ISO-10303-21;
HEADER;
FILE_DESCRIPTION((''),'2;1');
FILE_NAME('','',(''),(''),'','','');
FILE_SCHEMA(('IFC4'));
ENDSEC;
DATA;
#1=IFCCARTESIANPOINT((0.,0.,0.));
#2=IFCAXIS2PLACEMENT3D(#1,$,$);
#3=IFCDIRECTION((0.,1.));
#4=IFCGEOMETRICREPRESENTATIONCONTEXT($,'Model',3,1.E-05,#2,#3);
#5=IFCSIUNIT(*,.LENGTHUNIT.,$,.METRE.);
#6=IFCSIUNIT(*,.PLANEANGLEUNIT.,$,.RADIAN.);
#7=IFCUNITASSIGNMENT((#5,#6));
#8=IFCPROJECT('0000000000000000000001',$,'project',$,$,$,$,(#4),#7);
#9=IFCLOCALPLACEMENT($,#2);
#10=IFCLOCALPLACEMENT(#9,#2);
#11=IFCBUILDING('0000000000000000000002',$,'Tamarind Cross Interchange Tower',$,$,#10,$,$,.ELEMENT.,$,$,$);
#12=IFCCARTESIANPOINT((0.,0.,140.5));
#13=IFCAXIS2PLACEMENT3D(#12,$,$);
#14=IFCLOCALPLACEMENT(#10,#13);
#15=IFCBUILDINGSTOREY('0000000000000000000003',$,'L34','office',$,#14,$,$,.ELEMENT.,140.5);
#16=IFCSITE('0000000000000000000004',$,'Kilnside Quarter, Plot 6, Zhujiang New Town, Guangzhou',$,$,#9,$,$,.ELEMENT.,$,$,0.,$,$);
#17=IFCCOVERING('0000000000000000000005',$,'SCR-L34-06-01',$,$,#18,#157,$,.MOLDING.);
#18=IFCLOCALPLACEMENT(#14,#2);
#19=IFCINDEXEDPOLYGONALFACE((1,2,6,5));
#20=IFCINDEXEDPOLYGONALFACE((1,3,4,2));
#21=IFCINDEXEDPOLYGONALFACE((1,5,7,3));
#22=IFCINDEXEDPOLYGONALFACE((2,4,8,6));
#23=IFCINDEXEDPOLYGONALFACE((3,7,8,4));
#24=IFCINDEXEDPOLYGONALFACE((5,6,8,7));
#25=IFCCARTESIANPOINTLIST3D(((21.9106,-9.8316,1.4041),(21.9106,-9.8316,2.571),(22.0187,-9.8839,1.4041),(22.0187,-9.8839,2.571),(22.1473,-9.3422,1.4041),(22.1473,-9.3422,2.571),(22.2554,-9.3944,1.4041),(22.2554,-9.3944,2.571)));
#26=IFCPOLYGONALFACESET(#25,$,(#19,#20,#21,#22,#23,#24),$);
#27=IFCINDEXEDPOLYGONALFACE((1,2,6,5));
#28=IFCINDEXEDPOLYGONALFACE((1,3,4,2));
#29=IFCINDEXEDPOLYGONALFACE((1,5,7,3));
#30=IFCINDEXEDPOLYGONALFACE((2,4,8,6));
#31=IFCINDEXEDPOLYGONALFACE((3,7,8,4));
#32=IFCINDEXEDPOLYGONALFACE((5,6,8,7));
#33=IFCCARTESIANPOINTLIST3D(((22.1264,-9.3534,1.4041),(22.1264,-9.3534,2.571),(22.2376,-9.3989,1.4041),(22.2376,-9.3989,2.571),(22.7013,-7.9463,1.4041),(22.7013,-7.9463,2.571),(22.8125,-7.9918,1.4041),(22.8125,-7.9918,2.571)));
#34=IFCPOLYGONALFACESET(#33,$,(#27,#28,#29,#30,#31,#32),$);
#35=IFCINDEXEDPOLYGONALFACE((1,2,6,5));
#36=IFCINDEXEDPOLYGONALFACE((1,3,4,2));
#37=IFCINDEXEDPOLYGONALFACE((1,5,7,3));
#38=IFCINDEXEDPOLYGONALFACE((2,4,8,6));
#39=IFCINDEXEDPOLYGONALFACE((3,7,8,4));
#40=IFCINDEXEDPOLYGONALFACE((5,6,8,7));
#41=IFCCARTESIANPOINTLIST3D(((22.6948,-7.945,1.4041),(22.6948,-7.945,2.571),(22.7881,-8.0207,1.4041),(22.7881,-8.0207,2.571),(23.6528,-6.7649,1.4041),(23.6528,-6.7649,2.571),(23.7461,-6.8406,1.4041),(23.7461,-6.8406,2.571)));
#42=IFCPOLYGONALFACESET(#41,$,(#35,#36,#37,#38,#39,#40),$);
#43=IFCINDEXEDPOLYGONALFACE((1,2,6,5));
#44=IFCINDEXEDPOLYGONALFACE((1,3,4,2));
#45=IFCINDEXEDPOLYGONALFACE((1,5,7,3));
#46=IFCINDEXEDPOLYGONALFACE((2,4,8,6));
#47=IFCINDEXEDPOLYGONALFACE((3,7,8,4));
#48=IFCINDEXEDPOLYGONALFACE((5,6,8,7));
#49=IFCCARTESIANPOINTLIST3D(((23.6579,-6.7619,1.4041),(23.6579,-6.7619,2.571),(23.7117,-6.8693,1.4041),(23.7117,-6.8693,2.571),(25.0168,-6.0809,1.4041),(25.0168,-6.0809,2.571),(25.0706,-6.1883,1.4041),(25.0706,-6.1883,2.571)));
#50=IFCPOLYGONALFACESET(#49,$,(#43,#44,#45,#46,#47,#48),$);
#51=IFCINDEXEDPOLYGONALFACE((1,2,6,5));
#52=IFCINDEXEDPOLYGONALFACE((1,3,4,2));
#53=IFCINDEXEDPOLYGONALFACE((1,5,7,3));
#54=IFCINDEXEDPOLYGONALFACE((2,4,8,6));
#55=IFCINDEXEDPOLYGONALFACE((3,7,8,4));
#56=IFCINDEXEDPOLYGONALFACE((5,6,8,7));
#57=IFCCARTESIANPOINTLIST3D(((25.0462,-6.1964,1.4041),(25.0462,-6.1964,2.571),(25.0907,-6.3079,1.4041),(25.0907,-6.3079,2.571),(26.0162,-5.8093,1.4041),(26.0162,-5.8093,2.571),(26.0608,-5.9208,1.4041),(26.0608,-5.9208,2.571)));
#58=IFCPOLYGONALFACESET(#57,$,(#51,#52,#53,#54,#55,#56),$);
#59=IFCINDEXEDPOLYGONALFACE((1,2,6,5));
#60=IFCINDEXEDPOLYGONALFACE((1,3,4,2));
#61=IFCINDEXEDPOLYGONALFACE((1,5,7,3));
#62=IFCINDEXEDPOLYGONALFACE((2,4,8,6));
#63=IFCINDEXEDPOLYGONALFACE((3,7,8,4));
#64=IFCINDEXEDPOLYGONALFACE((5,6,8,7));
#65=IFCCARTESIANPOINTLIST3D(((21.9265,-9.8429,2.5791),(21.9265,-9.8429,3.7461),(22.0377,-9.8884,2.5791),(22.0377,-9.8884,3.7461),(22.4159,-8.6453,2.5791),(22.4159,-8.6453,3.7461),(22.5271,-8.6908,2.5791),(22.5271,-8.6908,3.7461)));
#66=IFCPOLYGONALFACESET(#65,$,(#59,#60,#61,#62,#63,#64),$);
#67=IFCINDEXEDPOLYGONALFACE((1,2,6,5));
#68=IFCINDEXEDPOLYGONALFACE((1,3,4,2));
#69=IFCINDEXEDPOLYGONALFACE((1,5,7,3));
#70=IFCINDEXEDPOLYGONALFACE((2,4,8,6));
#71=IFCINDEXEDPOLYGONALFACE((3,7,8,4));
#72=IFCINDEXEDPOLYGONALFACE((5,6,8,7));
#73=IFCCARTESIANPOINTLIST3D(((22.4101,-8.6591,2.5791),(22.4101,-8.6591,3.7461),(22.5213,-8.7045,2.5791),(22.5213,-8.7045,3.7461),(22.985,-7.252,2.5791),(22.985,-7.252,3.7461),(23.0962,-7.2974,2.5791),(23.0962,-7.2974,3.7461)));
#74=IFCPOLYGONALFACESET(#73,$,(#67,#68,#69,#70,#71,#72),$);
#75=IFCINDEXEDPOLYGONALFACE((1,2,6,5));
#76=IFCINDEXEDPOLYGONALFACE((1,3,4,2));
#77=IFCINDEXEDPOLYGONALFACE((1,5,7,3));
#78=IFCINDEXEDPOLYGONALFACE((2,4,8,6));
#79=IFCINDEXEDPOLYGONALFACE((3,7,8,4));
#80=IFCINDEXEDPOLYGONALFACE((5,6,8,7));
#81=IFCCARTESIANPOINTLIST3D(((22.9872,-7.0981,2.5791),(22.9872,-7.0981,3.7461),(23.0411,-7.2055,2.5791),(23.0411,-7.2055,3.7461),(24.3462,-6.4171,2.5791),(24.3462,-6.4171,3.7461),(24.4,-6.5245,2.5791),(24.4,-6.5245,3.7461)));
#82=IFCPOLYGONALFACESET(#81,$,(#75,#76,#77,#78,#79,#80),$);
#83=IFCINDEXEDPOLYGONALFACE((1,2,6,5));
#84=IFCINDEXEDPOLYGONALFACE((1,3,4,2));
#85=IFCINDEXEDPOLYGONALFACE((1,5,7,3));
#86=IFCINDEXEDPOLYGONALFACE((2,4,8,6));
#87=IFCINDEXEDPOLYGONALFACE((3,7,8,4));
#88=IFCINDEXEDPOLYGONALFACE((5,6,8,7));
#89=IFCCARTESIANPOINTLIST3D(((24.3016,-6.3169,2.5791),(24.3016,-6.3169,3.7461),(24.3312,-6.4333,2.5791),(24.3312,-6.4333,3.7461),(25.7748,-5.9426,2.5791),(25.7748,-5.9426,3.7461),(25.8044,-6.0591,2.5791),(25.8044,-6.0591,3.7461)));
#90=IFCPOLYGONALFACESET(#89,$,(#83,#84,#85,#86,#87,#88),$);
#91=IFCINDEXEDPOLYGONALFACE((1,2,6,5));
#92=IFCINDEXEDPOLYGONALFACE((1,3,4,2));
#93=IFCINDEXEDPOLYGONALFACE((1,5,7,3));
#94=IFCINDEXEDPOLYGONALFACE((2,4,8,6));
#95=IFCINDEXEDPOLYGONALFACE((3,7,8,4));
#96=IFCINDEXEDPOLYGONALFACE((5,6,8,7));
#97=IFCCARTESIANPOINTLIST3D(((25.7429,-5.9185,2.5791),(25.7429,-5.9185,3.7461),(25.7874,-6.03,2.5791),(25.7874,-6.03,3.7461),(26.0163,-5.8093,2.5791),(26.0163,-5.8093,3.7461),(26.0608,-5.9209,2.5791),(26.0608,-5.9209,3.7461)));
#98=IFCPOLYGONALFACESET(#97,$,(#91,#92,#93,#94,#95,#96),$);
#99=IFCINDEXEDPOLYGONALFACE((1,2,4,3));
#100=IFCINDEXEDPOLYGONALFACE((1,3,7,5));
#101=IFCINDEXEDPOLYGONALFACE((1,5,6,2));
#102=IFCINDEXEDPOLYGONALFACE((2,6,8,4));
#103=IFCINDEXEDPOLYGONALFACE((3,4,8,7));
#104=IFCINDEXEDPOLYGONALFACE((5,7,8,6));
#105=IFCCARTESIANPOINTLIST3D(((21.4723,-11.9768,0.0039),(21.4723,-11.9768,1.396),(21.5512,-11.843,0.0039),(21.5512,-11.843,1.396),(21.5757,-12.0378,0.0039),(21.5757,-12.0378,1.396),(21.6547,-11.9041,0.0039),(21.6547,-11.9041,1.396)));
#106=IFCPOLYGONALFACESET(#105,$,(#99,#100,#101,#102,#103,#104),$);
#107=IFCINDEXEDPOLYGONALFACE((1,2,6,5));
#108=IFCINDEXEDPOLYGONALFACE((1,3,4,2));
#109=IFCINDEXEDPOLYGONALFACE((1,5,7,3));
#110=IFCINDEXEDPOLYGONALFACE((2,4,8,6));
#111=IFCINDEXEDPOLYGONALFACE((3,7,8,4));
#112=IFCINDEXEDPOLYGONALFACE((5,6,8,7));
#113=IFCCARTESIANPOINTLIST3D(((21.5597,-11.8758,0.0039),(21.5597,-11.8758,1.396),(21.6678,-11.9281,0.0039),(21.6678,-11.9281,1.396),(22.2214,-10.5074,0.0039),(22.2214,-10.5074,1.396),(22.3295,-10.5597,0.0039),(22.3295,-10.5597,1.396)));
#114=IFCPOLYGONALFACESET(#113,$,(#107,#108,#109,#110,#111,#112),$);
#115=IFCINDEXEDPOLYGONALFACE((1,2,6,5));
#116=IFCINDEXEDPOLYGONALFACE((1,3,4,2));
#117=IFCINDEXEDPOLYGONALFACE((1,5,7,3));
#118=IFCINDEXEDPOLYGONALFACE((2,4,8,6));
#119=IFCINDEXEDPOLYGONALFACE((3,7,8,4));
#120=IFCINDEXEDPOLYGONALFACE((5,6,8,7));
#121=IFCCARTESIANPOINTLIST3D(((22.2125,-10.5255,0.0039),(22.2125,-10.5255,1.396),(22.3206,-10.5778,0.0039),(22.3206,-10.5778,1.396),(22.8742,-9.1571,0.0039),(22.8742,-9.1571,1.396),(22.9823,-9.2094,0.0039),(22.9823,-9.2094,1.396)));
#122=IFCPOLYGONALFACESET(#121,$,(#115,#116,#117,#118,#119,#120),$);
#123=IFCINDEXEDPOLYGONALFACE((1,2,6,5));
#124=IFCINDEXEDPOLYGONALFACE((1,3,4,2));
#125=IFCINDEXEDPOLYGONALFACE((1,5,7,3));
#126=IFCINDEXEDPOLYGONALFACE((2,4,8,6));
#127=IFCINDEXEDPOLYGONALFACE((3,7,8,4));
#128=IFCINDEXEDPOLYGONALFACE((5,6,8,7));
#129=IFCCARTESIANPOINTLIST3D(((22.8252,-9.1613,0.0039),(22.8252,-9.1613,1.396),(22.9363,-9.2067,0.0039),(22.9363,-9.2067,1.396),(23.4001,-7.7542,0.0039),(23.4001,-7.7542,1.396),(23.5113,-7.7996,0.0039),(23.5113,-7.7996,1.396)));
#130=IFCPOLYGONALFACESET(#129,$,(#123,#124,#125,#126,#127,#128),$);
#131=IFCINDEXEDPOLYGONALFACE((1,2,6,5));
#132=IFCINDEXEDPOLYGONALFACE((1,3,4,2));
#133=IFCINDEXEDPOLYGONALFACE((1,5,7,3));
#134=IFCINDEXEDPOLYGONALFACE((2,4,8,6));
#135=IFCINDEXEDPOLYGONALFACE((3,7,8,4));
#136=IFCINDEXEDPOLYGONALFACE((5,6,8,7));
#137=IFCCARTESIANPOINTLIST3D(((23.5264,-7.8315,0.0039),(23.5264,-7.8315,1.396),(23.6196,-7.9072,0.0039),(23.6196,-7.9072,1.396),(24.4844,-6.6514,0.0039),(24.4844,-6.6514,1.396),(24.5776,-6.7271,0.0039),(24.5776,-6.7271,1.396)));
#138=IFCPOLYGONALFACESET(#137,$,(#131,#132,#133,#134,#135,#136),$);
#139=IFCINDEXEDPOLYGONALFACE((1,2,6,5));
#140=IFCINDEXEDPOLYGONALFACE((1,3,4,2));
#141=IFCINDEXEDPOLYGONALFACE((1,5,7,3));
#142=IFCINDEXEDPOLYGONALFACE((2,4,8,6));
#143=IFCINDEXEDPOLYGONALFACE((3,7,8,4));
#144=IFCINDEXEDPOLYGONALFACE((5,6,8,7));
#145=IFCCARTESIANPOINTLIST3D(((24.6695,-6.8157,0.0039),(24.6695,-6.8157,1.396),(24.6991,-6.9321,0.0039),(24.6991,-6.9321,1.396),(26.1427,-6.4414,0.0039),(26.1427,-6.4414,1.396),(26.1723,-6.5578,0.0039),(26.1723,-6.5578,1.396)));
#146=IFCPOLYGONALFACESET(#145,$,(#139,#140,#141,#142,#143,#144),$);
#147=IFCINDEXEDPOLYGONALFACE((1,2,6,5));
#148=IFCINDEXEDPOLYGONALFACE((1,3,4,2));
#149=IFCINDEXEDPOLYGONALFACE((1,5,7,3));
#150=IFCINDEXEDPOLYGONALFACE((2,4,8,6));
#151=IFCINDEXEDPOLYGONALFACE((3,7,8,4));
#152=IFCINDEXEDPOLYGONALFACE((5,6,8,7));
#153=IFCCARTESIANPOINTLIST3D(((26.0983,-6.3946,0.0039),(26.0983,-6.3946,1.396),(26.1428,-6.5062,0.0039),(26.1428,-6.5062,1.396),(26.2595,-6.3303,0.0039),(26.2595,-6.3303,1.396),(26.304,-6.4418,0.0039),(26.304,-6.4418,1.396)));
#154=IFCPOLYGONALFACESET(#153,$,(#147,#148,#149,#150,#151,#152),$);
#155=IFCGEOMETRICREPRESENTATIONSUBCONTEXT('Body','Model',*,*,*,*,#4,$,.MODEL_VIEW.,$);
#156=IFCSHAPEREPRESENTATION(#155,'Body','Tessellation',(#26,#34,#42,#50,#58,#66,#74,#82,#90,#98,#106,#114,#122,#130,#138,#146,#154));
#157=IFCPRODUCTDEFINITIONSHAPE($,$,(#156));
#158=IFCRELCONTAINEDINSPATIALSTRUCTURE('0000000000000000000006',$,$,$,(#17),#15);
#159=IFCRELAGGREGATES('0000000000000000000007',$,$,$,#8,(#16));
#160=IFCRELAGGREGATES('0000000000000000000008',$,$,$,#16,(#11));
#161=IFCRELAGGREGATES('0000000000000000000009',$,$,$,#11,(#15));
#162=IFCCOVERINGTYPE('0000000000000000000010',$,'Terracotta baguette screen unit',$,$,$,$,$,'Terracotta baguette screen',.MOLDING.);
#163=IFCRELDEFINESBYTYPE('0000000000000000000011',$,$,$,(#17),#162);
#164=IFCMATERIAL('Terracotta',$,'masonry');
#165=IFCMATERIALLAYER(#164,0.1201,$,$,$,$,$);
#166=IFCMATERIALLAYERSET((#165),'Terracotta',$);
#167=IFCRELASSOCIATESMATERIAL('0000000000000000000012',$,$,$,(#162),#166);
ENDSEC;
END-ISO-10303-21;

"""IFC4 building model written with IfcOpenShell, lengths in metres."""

from ifc_helpers import new_model, si_unit, direction, frame, origin, origin_2d, place, context, subcontext, project, spatial, rectangle, extrude, material, layer, layer_set, type_object, element, save


model = new_model("IFC4")

# Units and contexts
model_context = context("Model", 3, precision=1e-05, world=origin(), true_north=direction((0.0, 1.0)))
body_context = subcontext(model_context, "Body", "Model", "MODEL_VIEW")
ifc_project = project(units=[si_unit("LENGTHUNIT", "METRE"), si_unit("PLANEANGLEUNIT", "RADIAN")], contexts=[model_context])

# Site, building, storey
site_placement = place(None, origin())
site = spatial("IfcSite", under=ifc_project, at=site_placement, Name="Kilnside Quarter, Plot 6, Zhujiang New Town, Guangzhou", CompositionType="ELEMENT", RefElevation=0.0)
building_placement = place(site_placement, origin())
building = spatial("IfcBuilding", under=site, at=building_placement, Name="Tamarind Cross Interchange Tower", CompositionType="ELEMENT")
storey_placement = place(building_placement, frame((0.0, 0.0, 140.5)))
storey = spatial("IfcBuildingStorey", under=building, at=storey_placement, Name="L34", Description="office", CompositionType="ELEMENT", Elevation=140.5)

# Covering
ifc_material_1 = material(Name="Terracotta", Category="masonry")
ifc_layer_1 = layer(ifc_material_1, 0.1201)
ifc_layer_set_1 = layer_set([ifc_layer_1], Name="Terracotta")
covering_type = type_object("IfcCoveringType", Name="Terracotta baguette screen unit", ElementType="Terracotta baguette screen", PredefinedType="MOLDING", material=ifc_layer_set_1)
covering_1_placement = place(storey_placement, origin())
element("IfcCovering", 1, at=covering_1_placement, inside=storey, type_object=covering_type, Name="SCR-L34-06-01", PredefinedType="MOLDING", context=body_context, shape_type="SweptSolid", body=[
    extrude(rectangle(XDim=0.5437, YDim=0.1201, at=origin_2d()), frame((22.083, -9.613, 1.4041), z_axis=(0.0, 0.0, 1.0), x_axis=(0.435326, 0.900273, 0.0)), (0.0, 0.0, 1.0), 1.167),
    extrude(rectangle(XDim=1.52, YDim=0.1201, at=origin_2d()), frame((22.4695, -8.6726, 1.4041), z_axis=(0.0, 0.0, 1.0), x_axis=(0.378237, 0.925709, 0.0)), (0.0, 0.0, 1.0), 1.167),
    extrude(rectangle(XDim=1.52, YDim=0.1201, at=origin_2d()), frame((23.2205, -7.3928, 1.4041), z_axis=(0.0, 0.0, 1.0), x_axis=(0.630279, 0.776369, 0.0)), (0.0, 0.0, 1.0), 1.167),
    extrude(rectangle(XDim=1.52, YDim=0.1201, at=origin_2d()), frame((24.3643, -6.4751, 1.4041), z_axis=(0.0, 0.0, 1.0), x_axis=(0.894011, 0.448045, 0.0)), (0.0, 0.0, 1.0), 1.167),
    extrude(rectangle(XDim=1.0444, YDim=0.1201, at=origin_2d()), frame((25.5535, -6.0586, 1.4041), z_axis=(0.0, 0.0, 1.0), x_axis=(0.928781, 0.370629, 0.0)), (0.0, 0.0, 1.0), 1.167),
    extrude(rectangle(XDim=1.2937, YDim=0.1201, at=origin_2d()), frame((22.2268, -9.2668, 2.5791), z_axis=(0.0, 0.0, 1.0), x_axis=(0.378237, 0.925709, 0.0)), (0.0, 0.0, 1.0), 1.167),
    extrude(rectangle(XDim=1.52, YDim=0.1201, at=origin_2d()), frame((22.7532, -7.9783, 2.5791), z_axis=(0.0, 0.0, 1.0), x_axis=(0.378237, 0.925709, 0.0)), (0.0, 0.0, 1.0), 1.167),
    extrude(rectangle(XDim=1.52, YDim=0.1201, at=origin_2d()), frame((23.6936, -6.8113, 2.5791), z_axis=(0.0, 0.0, 1.0), x_axis=(0.894011, 0.448045, 0.0)), (0.0, 0.0, 1.0), 1.167),
    extrude(rectangle(XDim=1.52, YDim=0.1201, at=origin_2d()), frame((25.053, -6.188, 2.5791), z_axis=(0.0, 0.0, 1.0), x_axis=(0.969212, 0.246228, 0.0)), (0.0, 0.0, 1.0), 1.167),
    extrude(rectangle(XDim=0.2944, YDim=0.1201, at=origin_2d()), frame((25.9019, -5.9197, 2.5791), z_axis=(0.0, 0.0, 1.0), x_axis=(0.928781, 0.370629, 0.0)), (0.0, 0.0, 1.0), 1.167),
    extrude(rectangle(XDim=0.1553, YDim=0.1201, at=origin_2d()), frame((21.5635, -11.9404, 0.0039), z_axis=(0.0, 0.0, 1.0), x_axis=(0.508183, 0.861249, 0.0)), (0.0, 0.0, 1.0), 1.3921),
    extrude(rectangle(XDim=1.52, YDim=0.1201, at=origin_2d()), frame((21.9446, -11.2178, 0.0039), z_axis=(0.0, 0.0, 1.0), x_axis=(0.435326, 0.900273, 0.0)), (0.0, 0.0, 1.0), 1.3921),
    extrude(rectangle(XDim=1.52, YDim=0.1201, at=origin_2d()), frame((22.5974, -9.8674, 0.0039), z_axis=(0.0, 0.0, 1.0), x_axis=(0.435326, 0.900273, 0.0)), (0.0, 0.0, 1.0), 1.3921),
    extrude(rectangle(XDim=1.52, YDim=0.1201, at=origin_2d()), frame((23.1682, -8.4805, 0.0039), z_axis=(0.0, 0.0, 1.0), x_axis=(0.378237, 0.925709, 0.0)), (0.0, 0.0, 1.0), 1.3921),
    extrude(rectangle(XDim=1.52, YDim=0.1201, at=origin_2d()), frame((24.052, -7.2793, 0.0039), z_axis=(0.0, 0.0, 1.0), x_axis=(0.630279, 0.776369, 0.0)), (0.0, 0.0, 1.0), 1.3921),
    extrude(rectangle(XDim=1.52, YDim=0.1201, at=origin_2d()), frame((25.4209, -6.6868, 0.0039), z_axis=(0.0, 0.0, 1.0), x_axis=(0.969212, 0.246228, 0.0)), (0.0, 0.0, 1.0), 1.3921),
    extrude(rectangle(XDim=0.1736, YDim=0.1201, at=origin_2d()), frame((26.2012, -6.4182, 0.0039), z_axis=(0.0, 0.0, 1.0), x_axis=(0.928781, 0.370629, 0.0)), (0.0, 0.0, 1.0), 1.3921),
])

save(model, "model.ifc")
